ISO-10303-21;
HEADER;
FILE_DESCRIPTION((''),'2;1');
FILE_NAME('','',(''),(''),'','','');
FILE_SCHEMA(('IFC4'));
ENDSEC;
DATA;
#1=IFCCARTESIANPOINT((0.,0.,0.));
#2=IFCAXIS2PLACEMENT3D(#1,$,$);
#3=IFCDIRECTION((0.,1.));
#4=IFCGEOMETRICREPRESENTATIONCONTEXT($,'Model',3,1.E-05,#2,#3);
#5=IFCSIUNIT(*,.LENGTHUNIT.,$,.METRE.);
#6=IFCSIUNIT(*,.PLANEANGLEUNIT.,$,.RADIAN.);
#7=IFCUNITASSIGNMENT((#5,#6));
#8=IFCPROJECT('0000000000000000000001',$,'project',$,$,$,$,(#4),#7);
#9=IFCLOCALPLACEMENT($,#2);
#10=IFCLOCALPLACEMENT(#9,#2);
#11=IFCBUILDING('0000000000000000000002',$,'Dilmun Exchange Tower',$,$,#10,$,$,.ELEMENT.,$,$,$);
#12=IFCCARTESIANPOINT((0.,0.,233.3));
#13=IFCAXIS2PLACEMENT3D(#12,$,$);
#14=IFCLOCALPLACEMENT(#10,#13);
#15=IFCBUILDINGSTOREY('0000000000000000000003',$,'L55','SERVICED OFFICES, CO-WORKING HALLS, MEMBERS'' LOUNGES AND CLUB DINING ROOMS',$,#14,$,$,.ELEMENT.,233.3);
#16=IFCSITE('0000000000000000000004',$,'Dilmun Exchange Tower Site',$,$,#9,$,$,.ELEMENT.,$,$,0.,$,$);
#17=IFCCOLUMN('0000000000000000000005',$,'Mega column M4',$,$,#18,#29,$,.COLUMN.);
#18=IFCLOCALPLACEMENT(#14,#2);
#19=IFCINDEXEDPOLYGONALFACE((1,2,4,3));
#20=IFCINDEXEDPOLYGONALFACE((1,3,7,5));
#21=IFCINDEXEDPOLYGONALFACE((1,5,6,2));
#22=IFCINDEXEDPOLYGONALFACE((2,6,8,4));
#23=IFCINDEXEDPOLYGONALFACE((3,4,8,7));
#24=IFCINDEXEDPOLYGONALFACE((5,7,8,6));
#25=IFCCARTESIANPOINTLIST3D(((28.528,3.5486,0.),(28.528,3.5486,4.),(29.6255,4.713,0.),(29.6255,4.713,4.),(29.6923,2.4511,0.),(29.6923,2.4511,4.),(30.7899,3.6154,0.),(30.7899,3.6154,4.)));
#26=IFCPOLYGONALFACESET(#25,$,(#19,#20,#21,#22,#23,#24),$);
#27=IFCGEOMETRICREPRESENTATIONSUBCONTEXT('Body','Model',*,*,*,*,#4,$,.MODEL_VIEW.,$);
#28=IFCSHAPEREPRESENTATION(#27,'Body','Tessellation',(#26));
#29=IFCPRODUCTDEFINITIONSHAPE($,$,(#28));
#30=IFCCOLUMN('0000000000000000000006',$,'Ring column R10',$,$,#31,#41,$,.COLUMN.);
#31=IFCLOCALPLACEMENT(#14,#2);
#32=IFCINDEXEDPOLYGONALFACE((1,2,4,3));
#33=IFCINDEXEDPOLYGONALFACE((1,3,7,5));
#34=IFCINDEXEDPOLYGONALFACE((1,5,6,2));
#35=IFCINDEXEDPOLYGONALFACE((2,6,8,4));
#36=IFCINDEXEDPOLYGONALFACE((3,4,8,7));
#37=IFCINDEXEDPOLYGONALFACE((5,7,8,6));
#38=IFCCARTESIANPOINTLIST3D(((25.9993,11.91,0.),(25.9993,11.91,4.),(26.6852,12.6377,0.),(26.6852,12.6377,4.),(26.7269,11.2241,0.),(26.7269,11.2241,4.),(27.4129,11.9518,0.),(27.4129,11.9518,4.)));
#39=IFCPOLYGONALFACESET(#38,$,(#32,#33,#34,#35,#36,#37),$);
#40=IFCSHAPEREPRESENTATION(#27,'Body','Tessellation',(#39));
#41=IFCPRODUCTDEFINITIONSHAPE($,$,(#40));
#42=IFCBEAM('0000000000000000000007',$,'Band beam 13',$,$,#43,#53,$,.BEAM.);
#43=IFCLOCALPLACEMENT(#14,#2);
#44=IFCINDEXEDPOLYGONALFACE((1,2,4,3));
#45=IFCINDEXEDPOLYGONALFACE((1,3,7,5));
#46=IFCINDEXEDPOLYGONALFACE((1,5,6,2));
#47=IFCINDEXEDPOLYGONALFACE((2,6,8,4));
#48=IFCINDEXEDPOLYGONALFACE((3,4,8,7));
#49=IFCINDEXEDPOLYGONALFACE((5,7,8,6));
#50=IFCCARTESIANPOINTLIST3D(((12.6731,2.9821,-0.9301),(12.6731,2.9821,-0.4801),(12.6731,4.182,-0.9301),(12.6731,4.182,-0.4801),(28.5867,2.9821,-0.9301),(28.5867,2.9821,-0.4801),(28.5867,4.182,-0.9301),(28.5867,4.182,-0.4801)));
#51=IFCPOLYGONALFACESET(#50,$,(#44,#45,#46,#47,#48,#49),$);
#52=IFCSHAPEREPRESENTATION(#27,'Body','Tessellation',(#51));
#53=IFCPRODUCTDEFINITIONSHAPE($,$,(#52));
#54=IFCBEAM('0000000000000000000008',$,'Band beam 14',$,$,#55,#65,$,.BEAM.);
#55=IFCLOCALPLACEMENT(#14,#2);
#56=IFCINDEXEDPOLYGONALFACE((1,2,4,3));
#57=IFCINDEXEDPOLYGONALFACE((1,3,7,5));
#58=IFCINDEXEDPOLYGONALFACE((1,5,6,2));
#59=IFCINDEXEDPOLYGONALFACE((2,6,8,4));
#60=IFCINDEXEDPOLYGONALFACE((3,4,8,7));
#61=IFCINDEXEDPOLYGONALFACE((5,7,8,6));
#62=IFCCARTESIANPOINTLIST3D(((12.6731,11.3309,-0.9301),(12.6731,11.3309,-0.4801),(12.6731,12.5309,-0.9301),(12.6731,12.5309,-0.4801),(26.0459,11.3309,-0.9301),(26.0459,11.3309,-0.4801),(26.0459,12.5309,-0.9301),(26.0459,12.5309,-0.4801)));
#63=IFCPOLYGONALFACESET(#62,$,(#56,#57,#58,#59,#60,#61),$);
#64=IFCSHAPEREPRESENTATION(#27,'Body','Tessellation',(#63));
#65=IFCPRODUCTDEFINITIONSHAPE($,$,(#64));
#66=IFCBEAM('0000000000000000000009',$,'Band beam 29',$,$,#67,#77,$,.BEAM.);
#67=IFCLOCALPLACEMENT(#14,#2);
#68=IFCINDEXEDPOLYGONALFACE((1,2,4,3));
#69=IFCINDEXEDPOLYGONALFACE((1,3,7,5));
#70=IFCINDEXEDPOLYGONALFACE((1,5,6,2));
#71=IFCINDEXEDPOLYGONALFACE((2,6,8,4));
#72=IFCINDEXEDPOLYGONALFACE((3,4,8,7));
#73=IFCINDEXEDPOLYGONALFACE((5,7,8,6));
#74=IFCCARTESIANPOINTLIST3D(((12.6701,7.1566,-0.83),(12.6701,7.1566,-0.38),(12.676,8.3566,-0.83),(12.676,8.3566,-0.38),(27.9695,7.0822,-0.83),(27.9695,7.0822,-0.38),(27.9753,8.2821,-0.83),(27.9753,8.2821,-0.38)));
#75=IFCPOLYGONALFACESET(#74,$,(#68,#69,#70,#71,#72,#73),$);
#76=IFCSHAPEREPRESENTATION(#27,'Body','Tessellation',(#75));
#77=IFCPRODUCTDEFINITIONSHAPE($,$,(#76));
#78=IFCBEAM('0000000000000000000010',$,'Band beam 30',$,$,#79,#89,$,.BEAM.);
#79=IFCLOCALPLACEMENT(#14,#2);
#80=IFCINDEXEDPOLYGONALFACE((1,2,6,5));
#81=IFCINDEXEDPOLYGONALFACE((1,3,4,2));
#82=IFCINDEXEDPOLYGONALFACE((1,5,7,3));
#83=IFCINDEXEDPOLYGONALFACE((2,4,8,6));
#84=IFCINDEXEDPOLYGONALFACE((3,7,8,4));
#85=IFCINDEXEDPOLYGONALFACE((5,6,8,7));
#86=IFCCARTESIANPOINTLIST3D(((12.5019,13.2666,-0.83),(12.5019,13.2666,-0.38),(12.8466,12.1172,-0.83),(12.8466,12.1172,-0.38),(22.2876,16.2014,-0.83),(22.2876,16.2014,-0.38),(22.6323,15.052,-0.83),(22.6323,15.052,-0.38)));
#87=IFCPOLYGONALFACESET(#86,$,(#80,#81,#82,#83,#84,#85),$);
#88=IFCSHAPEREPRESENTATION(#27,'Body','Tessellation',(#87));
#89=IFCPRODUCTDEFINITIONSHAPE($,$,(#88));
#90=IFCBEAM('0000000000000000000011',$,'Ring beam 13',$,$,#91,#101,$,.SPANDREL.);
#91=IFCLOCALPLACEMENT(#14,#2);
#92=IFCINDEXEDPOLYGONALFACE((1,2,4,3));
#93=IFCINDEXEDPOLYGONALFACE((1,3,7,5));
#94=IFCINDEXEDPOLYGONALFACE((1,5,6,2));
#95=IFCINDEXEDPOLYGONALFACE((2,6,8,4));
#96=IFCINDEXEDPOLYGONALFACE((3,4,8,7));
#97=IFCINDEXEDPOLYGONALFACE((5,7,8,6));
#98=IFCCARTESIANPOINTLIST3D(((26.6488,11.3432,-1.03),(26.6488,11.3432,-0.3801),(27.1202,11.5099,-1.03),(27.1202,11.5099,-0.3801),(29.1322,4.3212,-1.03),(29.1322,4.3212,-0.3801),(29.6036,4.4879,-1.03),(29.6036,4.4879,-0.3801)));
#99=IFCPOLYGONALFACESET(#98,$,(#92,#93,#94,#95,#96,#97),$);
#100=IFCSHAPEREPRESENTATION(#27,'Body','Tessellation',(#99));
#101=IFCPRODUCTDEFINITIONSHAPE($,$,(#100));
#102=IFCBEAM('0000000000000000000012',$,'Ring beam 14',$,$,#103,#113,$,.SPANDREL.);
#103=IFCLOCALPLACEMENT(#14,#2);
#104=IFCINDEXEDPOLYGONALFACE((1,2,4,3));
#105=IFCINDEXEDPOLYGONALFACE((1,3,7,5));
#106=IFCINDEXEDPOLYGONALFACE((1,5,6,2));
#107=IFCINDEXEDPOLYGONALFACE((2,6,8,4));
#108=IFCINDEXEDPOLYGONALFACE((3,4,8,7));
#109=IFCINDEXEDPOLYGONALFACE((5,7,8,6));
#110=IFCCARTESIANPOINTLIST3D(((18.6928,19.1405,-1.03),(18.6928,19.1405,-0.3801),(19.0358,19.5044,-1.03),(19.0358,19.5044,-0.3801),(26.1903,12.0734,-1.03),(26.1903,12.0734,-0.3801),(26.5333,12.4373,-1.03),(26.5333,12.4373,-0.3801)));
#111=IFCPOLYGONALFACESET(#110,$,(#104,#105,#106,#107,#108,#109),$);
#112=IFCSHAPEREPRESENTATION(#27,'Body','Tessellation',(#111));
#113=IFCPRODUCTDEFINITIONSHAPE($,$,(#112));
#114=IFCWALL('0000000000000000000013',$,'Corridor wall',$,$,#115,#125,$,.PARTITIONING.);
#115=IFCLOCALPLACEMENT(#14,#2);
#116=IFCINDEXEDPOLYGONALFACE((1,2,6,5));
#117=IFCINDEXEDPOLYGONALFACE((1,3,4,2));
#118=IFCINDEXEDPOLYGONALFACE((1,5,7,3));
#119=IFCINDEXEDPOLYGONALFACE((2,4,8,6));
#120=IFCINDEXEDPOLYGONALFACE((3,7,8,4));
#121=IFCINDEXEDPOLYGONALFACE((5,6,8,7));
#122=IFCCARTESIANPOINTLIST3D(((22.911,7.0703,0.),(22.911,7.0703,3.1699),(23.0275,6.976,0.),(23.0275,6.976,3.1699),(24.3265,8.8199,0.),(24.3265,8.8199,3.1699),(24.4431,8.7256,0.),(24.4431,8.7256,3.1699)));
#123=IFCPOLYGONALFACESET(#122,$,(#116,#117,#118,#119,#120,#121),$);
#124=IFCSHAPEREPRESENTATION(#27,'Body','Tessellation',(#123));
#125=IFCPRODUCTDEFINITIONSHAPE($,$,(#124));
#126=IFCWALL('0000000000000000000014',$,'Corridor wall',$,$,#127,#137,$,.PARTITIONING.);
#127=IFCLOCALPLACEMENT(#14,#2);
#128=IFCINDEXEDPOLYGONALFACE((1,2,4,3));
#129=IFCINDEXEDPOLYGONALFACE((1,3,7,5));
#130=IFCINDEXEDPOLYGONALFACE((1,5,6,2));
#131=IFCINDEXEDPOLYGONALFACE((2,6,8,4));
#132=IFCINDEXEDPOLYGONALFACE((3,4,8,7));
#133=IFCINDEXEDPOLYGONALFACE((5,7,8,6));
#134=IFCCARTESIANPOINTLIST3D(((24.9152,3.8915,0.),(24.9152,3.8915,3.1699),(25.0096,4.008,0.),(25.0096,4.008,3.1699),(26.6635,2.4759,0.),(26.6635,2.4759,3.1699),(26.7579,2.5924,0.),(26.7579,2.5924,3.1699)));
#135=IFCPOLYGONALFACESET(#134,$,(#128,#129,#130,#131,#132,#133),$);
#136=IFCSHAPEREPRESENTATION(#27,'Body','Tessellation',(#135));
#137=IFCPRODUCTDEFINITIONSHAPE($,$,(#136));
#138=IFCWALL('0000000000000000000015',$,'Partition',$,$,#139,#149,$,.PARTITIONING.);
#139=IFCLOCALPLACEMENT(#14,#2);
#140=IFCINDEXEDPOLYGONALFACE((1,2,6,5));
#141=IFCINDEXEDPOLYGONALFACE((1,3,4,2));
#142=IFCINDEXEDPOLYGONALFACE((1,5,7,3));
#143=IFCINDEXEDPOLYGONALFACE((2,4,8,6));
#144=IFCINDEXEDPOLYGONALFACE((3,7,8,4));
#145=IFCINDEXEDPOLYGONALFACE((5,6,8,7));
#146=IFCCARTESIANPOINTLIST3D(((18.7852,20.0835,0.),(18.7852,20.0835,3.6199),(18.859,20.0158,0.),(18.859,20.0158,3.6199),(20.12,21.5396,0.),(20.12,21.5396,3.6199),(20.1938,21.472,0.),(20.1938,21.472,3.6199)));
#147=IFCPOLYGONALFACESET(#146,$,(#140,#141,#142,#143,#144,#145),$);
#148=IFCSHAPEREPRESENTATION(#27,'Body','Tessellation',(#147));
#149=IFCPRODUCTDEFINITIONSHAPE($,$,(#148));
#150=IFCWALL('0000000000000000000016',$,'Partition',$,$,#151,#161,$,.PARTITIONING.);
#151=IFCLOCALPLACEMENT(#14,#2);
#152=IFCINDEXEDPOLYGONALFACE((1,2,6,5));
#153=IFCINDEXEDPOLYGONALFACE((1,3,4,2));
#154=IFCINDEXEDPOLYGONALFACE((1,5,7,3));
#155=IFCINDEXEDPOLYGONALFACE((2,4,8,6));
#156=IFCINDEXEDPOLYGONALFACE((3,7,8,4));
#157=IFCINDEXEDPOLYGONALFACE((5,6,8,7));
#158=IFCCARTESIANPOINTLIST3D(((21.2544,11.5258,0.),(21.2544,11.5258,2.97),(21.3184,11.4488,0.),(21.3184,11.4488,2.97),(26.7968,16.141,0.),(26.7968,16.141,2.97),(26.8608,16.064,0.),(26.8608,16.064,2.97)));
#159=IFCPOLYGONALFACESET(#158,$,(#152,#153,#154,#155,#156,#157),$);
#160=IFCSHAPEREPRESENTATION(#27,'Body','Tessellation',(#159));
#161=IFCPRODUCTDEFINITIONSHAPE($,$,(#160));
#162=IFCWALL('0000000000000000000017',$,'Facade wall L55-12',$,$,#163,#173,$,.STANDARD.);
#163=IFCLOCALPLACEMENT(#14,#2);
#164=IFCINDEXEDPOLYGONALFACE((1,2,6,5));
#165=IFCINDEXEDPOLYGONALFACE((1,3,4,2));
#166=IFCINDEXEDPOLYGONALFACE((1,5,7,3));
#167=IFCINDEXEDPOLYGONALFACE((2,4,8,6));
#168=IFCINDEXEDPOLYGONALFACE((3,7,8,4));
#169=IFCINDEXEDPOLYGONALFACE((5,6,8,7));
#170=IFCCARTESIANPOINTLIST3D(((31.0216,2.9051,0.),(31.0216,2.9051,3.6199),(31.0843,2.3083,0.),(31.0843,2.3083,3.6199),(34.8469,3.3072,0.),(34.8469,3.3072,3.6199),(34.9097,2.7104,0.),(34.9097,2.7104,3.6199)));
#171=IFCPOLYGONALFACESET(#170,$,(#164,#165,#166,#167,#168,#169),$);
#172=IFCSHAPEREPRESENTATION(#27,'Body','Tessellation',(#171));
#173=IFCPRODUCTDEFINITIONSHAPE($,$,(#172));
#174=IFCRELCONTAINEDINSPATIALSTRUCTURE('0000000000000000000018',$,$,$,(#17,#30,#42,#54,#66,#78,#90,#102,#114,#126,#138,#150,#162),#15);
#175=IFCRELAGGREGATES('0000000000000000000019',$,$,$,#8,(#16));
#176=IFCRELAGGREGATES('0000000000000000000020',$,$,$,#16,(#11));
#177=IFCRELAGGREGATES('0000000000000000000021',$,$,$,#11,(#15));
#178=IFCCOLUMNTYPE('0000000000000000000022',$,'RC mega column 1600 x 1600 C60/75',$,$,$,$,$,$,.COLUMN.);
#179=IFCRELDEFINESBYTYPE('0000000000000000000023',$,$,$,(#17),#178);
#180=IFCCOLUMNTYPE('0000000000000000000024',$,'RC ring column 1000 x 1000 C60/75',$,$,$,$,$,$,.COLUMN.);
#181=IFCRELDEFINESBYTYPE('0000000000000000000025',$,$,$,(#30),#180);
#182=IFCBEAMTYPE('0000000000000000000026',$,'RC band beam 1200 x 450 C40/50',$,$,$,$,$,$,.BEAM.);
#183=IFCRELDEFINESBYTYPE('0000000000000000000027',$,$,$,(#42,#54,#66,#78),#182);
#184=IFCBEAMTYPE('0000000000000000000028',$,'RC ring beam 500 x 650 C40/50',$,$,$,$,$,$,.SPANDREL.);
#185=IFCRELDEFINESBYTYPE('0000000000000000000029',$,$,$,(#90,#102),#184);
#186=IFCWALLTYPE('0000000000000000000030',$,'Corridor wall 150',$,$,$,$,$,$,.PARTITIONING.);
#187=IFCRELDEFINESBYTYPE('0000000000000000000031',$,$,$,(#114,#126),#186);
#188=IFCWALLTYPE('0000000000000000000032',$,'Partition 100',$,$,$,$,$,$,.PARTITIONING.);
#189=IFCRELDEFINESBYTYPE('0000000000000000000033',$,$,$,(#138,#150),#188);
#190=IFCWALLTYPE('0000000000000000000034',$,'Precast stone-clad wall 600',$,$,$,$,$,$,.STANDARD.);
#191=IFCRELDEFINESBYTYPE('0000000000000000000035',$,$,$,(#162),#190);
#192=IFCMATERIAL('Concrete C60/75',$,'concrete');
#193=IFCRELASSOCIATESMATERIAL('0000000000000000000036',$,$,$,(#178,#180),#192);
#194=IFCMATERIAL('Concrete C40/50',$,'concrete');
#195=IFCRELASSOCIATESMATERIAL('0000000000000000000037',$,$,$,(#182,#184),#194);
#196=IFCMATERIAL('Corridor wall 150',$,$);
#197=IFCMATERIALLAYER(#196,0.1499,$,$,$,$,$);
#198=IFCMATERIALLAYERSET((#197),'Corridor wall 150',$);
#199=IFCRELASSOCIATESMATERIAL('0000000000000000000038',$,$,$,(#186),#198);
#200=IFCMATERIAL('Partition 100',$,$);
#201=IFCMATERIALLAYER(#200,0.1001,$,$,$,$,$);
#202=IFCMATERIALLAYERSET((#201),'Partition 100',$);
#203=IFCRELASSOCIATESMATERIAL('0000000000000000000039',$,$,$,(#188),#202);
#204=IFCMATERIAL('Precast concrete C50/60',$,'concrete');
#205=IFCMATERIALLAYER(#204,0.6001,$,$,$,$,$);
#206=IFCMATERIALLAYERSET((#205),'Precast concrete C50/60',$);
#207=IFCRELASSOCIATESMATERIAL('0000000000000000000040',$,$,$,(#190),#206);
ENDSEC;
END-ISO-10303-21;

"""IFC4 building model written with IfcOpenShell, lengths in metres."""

from ifc_helpers import new_model, si_unit, direction, frame, frame_2d, origin, origin_2d, place, context, subcontext, project, spatial, rectangle, extrude, material, layer, layer_set, material_profile, profile_set, type_object, element, save


model = new_model("IFC4")

# Units and contexts
model_context = context("Model", 3, precision=1e-05, world=origin(), true_north=direction((0.0, 1.0)))
body_context = subcontext(model_context, "Body", "Model", "MODEL_VIEW")
ifc_project = project(units=[si_unit("LENGTHUNIT", "METRE"), si_unit("PLANEANGLEUNIT", "RADIAN")], contexts=[model_context])

# Site, building, storey
site_placement = place(None, origin())
site = spatial("IfcSite", under=ifc_project, at=site_placement, Name="Dilmun Exchange Tower Site", CompositionType="ELEMENT", RefElevation=0.0)
building_placement = place(site_placement, origin())
building = spatial("IfcBuilding", under=site, at=building_placement, Name="Dilmun Exchange Tower", CompositionType="ELEMENT")
storey_placement = place(building_placement, frame((0.0, 0.0, 233.3)))
storey = spatial("IfcBuildingStorey", under=building, at=storey_placement, Name="L55", Description="SERVICED OFFICES, CO-WORKING HALLS, MEMBERS' LOUNGES AND CLUB DINING ROOMS", CompositionType="ELEMENT", Elevation=233.3)

# Columns
ifc_material_1 = material(Name="Concrete C60/75", Category="concrete")
ifc_material_profile_1 = material_profile(ifc_material_1, rectangle(XDim=1.6001, YDim=1.6001, at=origin_2d()), Name="1600 x 1600")
ifc_profile_set_1 = profile_set([ifc_material_profile_1], Name="Concrete C60/75")
column_type_1 = type_object("IfcColumnType", Name="RC mega column 1600 x 1600 C60/75", PredefinedType="COLUMN", material=ifc_profile_set_1)
column_1_placement = place(storey_placement, frame((29.6589, 3.582, 0.0), z_axis=(0.0, 0.0, 1.0), x_axis=(0.685916, 0.727681, 0.0)))
element("IfcColumn", 1, at=column_1_placement, inside=storey, type_object=column_type_1, Name="Mega column M4", PredefinedType="COLUMN", context=body_context, shape_type="SweptSolid", body=[
    extrude(rectangle(XDim=1.6001, YDim=1.6001, at=origin_2d()), origin(), (0.0, 0.0, 1.0), 4.0),
])
ifc_material_profile_2 = material_profile(ifc_material_1, rectangle(XDim=1.0, YDim=1.0, at=origin_2d()), Name="1000 x 1000")
ifc_profile_set_2 = profile_set([ifc_material_profile_2], Name="Concrete C60/75")
column_type_2 = type_object("IfcColumnType", Name="RC ring column 1000 x 1000 C60/75", PredefinedType="COLUMN", material=ifc_profile_set_2)
column_2_placement = place(storey_placement, frame((26.7061, 11.9309, 0.0), z_axis=(0.0, 0.0, 1.0), x_axis=(0.685916, 0.727681, 0.0)))
element("IfcColumn", 2, at=column_2_placement, inside=storey, type_object=column_type_2, Name="Ring column R10", PredefinedType="COLUMN", context=body_context, shape_type="SweptSolid", body=[
    extrude(rectangle(XDim=1.0, YDim=1.0, at=origin_2d()), origin(), (0.0, 0.0, 1.0), 4.0),
])

# Beams
ifc_material_2 = material(Name="Concrete C40/50", Category="concrete")
ifc_material_profile_3 = material_profile(ifc_material_2, rectangle(XDim=1.2, YDim=0.45, at=origin_2d()), Name="1200 x 450")
ifc_profile_set_3 = profile_set([ifc_material_profile_3], Name="Concrete C40/50")
beam_type_1 = type_object("IfcBeamType", Name="RC band beam 1200 x 450 C40/50", PredefinedType="BEAM", material=ifc_profile_set_3)
beam_1_placement = place(storey_placement, frame((28.5867, 3.582, -0.7051), z_axis=(-1.0, 0.0, 0.0), x_axis=(0.0, -1.0, 0.0)))
element("IfcBeam", 3, at=beam_1_placement, inside=storey, type_object=beam_type_1, Name="Band beam 13", PredefinedType="BEAM", context=body_context, shape_type="SweptSolid", body=[
    extrude(rectangle(XDim=1.2, YDim=0.45, at=origin_2d()), origin(), (0.0, 0.0, 1.0), 15.9136),
])
beam_2_placement = place(storey_placement, frame((26.0459, 11.9309, -0.7051), z_axis=(-1.0, 0.0, 0.0), x_axis=(0.0, -1.0, 0.0)))
element("IfcBeam", 4, at=beam_2_placement, inside=storey, type_object=beam_type_1, Name="Band beam 14", PredefinedType="BEAM", context=body_context, shape_type="SweptSolid", body=[
    extrude(rectangle(XDim=1.2, YDim=0.45, at=origin_2d()), origin(), (0.0, 0.0, 1.0), 13.3728),
])
beam_3_placement = place(storey_placement, frame((27.9724, 7.6821, -0.605), z_axis=(-0.999988, 0.004867, 0.0), x_axis=(-0.004867, -0.999988, 0.0)))
element("IfcBeam", 5, at=beam_3_placement, inside=storey, type_object=beam_type_1, Name="Band beam 29", PredefinedType="BEAM", context=body_context, shape_type="SweptSolid", body=[
    extrude(rectangle(XDim=1.2, YDim=0.45, at=origin_2d()), origin(), (0.0, 0.0, 1.0), 15.2996),
])
beam_4_placement = place(storey_placement, frame((22.46, 15.6267, -0.605), z_axis=(-0.95785, -0.287269, 0.0), x_axis=(0.287269, -0.95785, 0.0)))
element("IfcBeam", 6, at=beam_4_placement, inside=storey, type_object=beam_type_1, Name="Band beam 30", PredefinedType="BEAM", context=body_context, shape_type="SweptSolid", body=[
    extrude(rectangle(XDim=1.2, YDim=0.45, at=origin_2d()), origin(), (0.0, 0.0, 1.0), 10.2163),
])
ifc_material_profile_4 = material_profile(ifc_material_2, rectangle(XDim=0.5, YDim=0.6499, at=origin_2d()), Name="500 x 650")
ifc_profile_set_4 = profile_set([ifc_material_profile_4], Name="Concrete C40/50")
beam_type_2 = type_object("IfcBeamType", Name="RC ring beam 500 x 650 C40/50", PredefinedType="SPANDREL", material=ifc_profile_set_4)
beam_5_placement = place(storey_placement, frame((29.3679, 4.4045, -0.7051), z_axis=(-0.333424, 0.942777, 0.0), x_axis=(-0.942777, -0.333424, 0.0)))
element("IfcBeam", 7, at=beam_5_placement, inside=storey, type_object=beam_type_2, Name="Ring beam 13", PredefinedType="SPANDREL", context=body_context, shape_type="SweptSolid", body=[
    extrude(rectangle(XDim=0.5, YDim=0.6499, at=origin_2d()), origin(), (0.0, 0.0, 1.0), 7.4482),
])
beam_6_placement = place(storey_placement, frame((26.3618, 12.2554, -0.7051), z_axis=(-0.727686, 0.685911, 0.0), x_axis=(-0.685911, -0.727686, 0.0)))
element("IfcBeam", 8, at=beam_6_placement, inside=storey, type_object=beam_type_2, Name="Ring beam 14", PredefinedType="SPANDREL", context=body_context, shape_type="SweptSolid", body=[
    extrude(rectangle(XDim=0.5, YDim=0.6499, at=origin_2d()), origin(), (0.0, 0.0, 1.0), 10.3032),
])

# Walls
ifc_material_3 = material(Name="Corridor wall 150")
ifc_layer_1 = layer(ifc_material_3, 0.1499)
ifc_layer_set_1 = layer_set([ifc_layer_1], Name="Corridor wall 150")
wall_type_1 = type_object("IfcWallType", Name="Corridor wall 150", PredefinedType="PARTITIONING", material=ifc_layer_set_1)
wall_1_placement = place(storey_placement, frame((22.9692, 7.0232, 0.0), z_axis=(0.0, 0.0, 1.0), x_axis=(0.628998, 0.777407, 0.0)))
element("IfcWall", 9, at=wall_1_placement, inside=storey, type_object=wall_type_1, Name="Corridor wall", PredefinedType="PARTITIONING", context=body_context, shape_type="SweptSolid", body=[
    extrude(rectangle(XDim=2.2505, YDim=0.1499, at=frame_2d((1.1252, 0.0))), origin(), (0.0, 0.0, 1.0), 3.1699),
])
wall_2_placement = place(storey_placement, frame((24.9624, 3.9497, 0.0), z_axis=(0.0, 0.0, 1.0), x_axis=(0.777192, -0.629264, 0.0)))
element("IfcWall", 10, at=wall_2_placement, inside=storey, type_object=wall_type_1, Name="Corridor wall", PredefinedType="PARTITIONING", context=body_context, shape_type="SweptSolid", body=[
    extrude(rectangle(XDim=2.2495, YDim=0.1499, at=frame_2d((1.1248, 0.0))), origin(), (0.0, 0.0, 1.0), 3.1699),
])
ifc_material_4 = material(Name="Partition 100")
ifc_layer_2 = layer(ifc_material_4, 0.1001)
ifc_layer_set_2 = layer_set([ifc_layer_2], Name="Partition 100")
wall_type_2 = type_object("IfcWallType", Name="Partition 100", PredefinedType="PARTITIONING", material=ifc_layer_set_2)
wall_3_placement = place(storey_placement, frame((18.822, 20.0496, 0.0), z_axis=(0.0, 0.0, 1.0), x_axis=(0.675725, 0.737154, 0.0)))
element("IfcWall", 11, at=wall_3_placement, inside=storey, type_object=wall_type_2, Name="Partition", PredefinedType="PARTITIONING", context=body_context, shape_type="SweptSolid", body=[
    extrude(rectangle(XDim=1.9753, YDim=0.1001, at=frame_2d((0.9878, 0.0))), origin(), (0.0, 0.0, 1.0), 3.6199),
])
wall_4_placement = place(storey_placement, frame((21.2864, 11.4873, 0.0), z_axis=(0.0, 0.0, 1.0), x_axis=(0.76846, 0.639898, 0.0)))
element("IfcWall", 12, at=wall_4_placement, inside=storey, type_object=wall_type_2, Name="Partition", PredefinedType="PARTITIONING", context=body_context, shape_type="SweptSolid", body=[
    extrude(rectangle(XDim=7.2124, YDim=0.1001, at=frame_2d((3.6062, 0.0))), origin(), (0.0, 0.0, 1.0), 2.97),
])
ifc_material_5 = material(Name="Precast concrete C50/60", Category="concrete")
ifc_layer_3 = layer(ifc_material_5, 0.6001)
ifc_layer_set_3 = layer_set([ifc_layer_3], Name="Precast concrete C50/60")
wall_type_3 = type_object("IfcWallType", Name="Precast stone-clad wall 600", PredefinedType="STANDARD", material=ifc_layer_set_3)
wall_5_placement = place(storey_placement, frame((34.8784, 3.0088, 0.0), z_axis=(0.0, 0.0, 1.0), x_axis=(-0.994521, -0.104536, 0.0)))
element("IfcWall", 13, at=wall_5_placement, inside=storey, type_object=wall_type_3, Name="Facade wall L55-12", PredefinedType="STANDARD", context=body_context, shape_type="SweptSolid", body=[
    extrude(rectangle(XDim=3.8464, YDim=0.6001, at=frame_2d((1.9233, 0.0))), origin(), (0.0, 0.0, 1.0), 3.6199),
])

save(model, "model.ifc")
